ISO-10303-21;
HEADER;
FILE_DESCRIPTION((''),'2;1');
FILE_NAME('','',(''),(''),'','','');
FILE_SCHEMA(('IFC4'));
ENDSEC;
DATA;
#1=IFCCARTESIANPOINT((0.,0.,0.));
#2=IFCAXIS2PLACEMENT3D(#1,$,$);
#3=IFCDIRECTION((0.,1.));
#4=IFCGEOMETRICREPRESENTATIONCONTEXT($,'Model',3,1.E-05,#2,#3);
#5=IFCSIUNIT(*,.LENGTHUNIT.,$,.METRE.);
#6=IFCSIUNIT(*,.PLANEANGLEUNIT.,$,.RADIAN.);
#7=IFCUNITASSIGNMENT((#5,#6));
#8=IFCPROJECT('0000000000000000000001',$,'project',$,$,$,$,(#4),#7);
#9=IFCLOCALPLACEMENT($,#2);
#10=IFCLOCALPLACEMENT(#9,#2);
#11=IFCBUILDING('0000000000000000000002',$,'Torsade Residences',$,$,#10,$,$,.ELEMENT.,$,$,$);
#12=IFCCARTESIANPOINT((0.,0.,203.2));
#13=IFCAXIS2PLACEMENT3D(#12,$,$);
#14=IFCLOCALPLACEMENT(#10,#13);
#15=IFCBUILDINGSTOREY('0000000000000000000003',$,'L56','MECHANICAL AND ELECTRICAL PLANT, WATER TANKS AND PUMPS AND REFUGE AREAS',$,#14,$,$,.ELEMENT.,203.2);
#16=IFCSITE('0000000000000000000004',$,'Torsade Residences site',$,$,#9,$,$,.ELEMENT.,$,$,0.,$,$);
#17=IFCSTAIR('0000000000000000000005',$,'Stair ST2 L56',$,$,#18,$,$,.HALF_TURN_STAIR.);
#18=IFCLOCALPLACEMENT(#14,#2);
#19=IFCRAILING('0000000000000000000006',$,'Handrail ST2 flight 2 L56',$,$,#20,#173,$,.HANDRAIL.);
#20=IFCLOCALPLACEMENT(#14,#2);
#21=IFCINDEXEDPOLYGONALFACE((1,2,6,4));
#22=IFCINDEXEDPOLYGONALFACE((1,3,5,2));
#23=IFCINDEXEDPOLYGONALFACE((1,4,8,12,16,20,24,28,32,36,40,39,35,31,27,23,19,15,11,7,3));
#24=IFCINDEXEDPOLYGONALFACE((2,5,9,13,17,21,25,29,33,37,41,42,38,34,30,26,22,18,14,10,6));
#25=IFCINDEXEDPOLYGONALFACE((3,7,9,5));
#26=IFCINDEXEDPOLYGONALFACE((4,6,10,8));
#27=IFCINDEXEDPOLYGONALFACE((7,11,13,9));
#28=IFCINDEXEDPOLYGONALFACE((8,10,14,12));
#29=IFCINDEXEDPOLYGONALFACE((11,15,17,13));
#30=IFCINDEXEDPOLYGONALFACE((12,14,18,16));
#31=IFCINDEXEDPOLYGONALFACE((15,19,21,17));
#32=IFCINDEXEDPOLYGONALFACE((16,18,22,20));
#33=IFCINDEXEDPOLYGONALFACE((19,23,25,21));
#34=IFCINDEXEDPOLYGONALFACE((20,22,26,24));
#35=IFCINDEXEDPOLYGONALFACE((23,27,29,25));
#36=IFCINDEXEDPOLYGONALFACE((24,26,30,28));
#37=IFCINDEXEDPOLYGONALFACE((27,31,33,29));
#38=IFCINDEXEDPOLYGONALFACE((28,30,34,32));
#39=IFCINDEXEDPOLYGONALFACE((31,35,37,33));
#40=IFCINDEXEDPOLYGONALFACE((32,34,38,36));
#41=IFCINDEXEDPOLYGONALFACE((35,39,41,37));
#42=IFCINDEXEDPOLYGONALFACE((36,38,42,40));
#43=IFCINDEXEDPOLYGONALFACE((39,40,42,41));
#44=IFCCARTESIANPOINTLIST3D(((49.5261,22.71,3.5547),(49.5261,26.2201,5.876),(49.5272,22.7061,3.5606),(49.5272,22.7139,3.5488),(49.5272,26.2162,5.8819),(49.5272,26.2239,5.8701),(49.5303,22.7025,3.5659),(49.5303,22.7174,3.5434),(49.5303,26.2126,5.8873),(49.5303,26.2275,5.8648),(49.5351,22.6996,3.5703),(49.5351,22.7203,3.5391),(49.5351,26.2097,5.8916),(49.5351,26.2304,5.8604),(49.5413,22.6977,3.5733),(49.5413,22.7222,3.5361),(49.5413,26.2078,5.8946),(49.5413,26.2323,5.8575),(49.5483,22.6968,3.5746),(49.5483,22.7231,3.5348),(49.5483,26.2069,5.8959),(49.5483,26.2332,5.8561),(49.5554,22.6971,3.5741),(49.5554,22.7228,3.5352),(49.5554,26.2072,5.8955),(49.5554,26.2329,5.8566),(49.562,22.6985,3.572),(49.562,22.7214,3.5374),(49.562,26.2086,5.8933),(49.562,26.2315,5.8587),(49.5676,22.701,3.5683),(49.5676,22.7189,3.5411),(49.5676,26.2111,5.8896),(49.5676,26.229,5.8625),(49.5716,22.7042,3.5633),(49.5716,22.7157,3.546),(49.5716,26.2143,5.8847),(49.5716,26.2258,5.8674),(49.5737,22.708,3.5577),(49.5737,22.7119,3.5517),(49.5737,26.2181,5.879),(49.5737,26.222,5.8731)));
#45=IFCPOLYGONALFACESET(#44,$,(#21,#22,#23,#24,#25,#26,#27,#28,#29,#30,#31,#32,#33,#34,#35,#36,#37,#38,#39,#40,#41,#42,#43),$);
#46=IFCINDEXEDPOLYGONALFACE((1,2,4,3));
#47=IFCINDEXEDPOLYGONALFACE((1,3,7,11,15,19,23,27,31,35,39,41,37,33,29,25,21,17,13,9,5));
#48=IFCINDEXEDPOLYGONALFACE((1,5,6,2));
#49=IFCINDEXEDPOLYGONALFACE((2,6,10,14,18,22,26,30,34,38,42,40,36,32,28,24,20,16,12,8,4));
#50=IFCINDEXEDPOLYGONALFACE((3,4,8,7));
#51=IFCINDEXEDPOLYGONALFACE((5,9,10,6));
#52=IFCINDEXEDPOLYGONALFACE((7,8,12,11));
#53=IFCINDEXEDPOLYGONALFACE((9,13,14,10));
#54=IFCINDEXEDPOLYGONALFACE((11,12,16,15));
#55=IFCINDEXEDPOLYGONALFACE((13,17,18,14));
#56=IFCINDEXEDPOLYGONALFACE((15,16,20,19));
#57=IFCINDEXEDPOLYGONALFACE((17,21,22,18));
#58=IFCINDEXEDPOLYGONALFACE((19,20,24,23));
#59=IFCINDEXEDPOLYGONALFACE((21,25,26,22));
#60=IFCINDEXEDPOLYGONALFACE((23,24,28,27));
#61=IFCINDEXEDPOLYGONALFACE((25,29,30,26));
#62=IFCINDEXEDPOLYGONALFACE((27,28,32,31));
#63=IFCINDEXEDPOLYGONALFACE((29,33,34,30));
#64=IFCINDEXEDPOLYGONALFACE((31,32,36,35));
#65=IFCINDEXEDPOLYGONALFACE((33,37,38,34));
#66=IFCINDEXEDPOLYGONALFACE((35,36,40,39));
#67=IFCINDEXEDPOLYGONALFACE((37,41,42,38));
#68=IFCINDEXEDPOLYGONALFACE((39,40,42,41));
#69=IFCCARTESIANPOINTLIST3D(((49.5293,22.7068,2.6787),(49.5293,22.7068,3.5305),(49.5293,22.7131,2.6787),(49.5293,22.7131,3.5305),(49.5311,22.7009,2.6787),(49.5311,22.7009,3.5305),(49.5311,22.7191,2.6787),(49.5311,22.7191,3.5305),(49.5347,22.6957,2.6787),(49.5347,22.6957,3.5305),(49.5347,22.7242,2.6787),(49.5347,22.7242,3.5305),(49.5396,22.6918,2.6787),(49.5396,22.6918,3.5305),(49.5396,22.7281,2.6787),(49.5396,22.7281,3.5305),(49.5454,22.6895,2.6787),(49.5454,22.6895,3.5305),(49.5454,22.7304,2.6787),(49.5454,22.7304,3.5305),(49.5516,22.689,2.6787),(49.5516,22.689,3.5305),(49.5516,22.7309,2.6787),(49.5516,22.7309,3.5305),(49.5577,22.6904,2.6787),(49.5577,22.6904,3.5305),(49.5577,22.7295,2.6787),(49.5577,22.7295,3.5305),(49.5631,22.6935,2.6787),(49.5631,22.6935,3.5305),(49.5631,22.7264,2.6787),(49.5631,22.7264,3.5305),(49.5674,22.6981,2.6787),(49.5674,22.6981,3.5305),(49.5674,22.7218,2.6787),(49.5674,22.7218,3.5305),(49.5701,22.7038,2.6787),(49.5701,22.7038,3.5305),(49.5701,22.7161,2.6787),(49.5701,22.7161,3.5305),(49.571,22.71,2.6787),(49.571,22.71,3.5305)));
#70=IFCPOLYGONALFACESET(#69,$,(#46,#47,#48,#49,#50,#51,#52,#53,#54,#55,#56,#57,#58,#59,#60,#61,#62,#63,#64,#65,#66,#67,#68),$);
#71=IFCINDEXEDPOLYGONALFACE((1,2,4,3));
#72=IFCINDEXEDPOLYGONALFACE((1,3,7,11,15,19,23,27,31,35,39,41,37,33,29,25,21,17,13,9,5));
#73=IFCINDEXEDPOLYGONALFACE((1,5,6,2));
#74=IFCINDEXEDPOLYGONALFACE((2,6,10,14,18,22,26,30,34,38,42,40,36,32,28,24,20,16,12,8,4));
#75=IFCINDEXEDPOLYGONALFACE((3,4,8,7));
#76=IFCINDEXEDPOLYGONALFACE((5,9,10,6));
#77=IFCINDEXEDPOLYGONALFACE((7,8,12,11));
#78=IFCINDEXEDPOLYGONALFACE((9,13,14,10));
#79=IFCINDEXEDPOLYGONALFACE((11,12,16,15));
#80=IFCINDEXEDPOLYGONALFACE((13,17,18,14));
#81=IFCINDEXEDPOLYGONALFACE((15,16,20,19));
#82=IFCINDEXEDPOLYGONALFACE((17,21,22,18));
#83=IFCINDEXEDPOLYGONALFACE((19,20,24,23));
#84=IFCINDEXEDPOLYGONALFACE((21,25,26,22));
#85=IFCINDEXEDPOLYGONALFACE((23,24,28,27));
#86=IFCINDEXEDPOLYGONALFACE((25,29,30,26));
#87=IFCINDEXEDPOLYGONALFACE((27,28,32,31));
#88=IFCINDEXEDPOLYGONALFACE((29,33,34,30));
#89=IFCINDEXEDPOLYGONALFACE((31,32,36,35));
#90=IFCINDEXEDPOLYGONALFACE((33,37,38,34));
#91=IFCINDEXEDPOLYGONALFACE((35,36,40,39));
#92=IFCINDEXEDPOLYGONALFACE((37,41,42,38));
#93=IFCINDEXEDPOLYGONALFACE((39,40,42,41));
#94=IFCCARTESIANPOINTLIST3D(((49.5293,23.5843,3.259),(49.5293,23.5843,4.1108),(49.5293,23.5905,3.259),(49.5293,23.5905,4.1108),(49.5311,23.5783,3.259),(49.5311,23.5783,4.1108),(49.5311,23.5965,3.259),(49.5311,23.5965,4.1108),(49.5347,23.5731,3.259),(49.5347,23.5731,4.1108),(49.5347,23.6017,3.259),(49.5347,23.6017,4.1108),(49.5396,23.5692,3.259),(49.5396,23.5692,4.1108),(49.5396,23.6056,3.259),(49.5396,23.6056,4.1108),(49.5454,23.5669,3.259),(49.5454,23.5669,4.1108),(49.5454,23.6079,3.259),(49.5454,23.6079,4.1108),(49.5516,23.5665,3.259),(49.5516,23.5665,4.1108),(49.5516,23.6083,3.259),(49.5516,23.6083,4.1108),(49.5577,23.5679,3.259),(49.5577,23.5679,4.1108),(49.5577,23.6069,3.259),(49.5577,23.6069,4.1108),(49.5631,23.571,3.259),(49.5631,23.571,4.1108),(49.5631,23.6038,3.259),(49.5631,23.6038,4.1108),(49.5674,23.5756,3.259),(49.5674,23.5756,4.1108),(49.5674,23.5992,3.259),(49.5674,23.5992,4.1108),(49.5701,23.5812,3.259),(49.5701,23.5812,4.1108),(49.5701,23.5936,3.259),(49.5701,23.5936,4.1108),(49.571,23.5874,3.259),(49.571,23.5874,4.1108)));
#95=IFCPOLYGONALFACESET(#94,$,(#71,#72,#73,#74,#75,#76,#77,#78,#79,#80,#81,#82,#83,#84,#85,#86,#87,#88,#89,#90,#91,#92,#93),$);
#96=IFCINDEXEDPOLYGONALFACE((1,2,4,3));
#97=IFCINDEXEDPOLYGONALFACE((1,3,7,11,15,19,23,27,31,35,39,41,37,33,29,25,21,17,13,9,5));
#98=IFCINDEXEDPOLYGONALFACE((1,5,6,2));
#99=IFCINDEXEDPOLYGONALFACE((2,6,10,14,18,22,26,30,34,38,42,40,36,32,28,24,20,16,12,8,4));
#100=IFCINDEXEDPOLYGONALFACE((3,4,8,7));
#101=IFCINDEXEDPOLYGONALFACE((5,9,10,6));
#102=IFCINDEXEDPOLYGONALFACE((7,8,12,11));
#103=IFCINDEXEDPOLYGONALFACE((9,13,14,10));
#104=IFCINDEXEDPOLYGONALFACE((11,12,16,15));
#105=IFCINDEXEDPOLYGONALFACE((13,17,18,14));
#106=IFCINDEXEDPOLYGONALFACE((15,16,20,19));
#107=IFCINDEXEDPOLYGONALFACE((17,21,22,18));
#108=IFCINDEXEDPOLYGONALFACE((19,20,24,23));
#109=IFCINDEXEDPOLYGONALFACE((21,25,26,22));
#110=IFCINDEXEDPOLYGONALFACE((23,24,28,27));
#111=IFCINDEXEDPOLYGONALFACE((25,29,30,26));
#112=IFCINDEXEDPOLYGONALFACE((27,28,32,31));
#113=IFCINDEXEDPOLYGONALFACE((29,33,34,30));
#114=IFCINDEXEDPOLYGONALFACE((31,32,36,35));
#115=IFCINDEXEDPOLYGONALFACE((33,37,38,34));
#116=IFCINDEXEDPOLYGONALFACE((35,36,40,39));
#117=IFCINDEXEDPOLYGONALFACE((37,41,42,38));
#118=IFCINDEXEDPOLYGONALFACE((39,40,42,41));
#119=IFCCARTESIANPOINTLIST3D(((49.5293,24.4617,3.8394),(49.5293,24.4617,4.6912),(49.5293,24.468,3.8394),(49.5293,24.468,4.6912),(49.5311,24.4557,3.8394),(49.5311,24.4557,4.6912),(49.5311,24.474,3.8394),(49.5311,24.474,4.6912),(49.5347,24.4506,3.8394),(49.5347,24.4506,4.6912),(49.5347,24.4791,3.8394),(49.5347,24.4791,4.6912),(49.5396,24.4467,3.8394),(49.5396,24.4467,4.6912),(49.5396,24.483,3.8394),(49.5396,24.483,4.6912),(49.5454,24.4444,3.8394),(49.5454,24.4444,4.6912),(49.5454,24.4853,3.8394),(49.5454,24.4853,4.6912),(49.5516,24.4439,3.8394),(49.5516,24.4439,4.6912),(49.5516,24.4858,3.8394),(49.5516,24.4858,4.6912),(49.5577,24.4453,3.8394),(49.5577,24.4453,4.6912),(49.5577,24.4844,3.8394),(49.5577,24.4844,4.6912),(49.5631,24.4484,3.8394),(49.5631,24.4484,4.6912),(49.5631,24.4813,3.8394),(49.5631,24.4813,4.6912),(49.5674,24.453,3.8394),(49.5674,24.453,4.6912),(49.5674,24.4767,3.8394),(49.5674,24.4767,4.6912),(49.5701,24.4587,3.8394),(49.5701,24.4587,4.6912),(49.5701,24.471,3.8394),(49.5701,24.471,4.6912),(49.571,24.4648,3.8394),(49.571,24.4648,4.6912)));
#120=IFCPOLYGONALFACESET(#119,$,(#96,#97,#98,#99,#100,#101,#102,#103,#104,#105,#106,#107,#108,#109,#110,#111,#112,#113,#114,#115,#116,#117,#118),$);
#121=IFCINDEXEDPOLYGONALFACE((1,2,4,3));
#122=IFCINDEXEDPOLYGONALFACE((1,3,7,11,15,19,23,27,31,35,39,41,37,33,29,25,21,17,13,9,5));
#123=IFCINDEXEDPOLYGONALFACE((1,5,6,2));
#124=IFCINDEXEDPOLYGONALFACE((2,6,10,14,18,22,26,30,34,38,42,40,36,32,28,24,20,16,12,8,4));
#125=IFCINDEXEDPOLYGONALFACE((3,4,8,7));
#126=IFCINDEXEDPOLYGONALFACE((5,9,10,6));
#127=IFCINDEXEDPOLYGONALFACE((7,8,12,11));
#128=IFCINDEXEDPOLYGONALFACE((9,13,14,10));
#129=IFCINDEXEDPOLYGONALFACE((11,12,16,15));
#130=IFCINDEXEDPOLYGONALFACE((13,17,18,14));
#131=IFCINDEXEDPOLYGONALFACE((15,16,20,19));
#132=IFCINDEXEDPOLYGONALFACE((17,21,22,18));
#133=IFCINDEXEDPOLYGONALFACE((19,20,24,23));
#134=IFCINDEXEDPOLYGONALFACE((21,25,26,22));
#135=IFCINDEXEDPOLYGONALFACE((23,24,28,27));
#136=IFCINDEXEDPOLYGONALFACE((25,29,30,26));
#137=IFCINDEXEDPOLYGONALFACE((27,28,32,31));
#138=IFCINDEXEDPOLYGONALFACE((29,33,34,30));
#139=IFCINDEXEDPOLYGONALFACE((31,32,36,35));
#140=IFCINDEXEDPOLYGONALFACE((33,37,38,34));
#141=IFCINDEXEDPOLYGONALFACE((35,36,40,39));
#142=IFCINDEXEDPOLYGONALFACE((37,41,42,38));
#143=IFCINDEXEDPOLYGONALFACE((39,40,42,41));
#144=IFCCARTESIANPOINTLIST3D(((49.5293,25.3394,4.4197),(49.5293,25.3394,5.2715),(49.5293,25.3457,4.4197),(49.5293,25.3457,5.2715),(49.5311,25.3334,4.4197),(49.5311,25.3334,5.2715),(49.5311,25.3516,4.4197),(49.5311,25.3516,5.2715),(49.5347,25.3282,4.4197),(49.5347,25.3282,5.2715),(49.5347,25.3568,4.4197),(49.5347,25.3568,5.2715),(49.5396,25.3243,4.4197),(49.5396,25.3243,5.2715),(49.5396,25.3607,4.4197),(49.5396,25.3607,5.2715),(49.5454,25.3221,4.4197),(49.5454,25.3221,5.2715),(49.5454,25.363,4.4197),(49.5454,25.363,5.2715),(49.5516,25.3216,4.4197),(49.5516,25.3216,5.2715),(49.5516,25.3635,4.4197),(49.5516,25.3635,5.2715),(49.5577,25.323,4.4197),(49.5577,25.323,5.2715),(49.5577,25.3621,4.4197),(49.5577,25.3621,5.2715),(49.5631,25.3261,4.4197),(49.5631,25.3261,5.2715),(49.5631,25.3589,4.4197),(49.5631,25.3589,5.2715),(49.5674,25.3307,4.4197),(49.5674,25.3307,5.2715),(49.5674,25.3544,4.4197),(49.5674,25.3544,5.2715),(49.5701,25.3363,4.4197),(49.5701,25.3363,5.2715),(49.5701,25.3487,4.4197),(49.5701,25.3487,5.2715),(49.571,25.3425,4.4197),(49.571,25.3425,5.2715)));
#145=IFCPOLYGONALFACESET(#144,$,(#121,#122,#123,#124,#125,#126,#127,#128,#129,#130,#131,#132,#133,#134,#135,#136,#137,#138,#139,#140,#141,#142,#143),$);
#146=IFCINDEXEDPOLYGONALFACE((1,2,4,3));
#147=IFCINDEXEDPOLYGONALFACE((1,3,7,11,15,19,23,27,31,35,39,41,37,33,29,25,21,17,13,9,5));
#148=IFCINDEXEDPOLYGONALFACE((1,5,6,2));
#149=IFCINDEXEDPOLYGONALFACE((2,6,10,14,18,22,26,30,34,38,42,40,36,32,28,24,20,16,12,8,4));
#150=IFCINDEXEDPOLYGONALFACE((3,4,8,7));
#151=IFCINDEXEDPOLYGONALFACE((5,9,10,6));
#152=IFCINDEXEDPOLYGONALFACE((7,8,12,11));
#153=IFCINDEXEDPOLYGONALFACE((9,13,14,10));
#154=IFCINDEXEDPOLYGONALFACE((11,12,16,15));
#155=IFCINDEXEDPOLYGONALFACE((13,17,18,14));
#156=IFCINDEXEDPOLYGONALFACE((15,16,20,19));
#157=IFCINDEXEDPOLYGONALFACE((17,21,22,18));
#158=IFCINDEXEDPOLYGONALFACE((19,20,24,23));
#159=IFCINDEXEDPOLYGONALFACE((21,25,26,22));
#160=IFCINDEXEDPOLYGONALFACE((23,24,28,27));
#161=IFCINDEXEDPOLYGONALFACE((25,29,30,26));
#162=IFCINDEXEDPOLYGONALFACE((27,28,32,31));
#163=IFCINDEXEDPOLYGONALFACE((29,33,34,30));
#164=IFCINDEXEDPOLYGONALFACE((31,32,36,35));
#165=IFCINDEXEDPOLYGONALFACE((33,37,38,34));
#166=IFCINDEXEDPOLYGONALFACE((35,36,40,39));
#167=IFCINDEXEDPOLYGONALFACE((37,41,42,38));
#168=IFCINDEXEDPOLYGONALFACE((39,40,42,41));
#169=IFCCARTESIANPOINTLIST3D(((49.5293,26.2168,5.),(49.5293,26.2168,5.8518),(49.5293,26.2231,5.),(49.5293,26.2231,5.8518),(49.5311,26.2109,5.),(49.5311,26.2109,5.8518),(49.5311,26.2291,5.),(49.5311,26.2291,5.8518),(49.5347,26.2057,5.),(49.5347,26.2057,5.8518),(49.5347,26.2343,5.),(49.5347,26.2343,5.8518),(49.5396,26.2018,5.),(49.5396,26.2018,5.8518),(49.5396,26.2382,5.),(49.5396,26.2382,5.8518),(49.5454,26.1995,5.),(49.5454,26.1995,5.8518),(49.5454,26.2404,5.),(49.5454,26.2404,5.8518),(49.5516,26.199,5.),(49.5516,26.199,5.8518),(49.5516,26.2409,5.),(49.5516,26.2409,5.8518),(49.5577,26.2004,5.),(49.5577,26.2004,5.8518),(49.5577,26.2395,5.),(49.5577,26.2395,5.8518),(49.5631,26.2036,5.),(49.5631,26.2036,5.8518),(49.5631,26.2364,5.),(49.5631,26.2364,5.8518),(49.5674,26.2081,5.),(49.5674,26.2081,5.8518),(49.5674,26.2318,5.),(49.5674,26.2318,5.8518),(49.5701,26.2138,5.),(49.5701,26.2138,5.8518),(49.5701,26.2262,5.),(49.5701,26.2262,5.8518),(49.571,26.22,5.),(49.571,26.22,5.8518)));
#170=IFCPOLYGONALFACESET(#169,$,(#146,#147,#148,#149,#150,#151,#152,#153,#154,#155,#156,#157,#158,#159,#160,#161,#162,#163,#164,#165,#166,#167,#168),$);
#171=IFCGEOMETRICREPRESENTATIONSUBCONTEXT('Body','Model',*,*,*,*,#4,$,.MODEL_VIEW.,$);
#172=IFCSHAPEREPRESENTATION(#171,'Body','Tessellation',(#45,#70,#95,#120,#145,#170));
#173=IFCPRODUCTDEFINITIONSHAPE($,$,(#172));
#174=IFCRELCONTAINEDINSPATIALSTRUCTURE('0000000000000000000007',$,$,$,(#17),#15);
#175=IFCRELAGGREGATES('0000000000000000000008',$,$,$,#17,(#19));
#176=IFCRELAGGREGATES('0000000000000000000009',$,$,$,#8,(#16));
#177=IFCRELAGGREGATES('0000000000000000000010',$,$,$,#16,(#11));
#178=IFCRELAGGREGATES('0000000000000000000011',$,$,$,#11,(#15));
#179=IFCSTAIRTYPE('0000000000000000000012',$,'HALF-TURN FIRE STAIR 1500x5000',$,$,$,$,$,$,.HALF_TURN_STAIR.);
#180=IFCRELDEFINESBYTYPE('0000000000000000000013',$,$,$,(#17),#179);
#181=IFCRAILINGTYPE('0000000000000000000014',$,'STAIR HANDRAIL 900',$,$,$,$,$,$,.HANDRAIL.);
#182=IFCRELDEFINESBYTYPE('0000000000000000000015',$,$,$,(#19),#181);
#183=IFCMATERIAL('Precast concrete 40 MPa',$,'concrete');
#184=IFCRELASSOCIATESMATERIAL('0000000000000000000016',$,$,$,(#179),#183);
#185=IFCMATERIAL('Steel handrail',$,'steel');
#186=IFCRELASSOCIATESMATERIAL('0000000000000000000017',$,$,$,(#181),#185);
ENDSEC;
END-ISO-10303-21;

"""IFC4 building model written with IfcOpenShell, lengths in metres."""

from ifc_helpers import new_model, si_unit, direction, frame, origin, origin_2d, place, context, subcontext, project, spatial, circle, extrude, material, type_object, element, aggregate, save


model = new_model("IFC4")

# Units and contexts
model_context = context("Model", 3, precision=1e-05, world=origin(), true_north=direction((0.0, 1.0)))
body_context = subcontext(model_context, "Body", "Model", "MODEL_VIEW")
ifc_project = project(units=[si_unit("LENGTHUNIT", "METRE"), si_unit("PLANEANGLEUNIT", "RADIAN")], contexts=[model_context])

# Site, building, storey
site_placement = place(None, origin())
site = spatial("IfcSite", under=ifc_project, at=site_placement, Name="Torsade Residences site", CompositionType="ELEMENT", RefElevation=0.0)
building_placement = place(site_placement, origin())
building = spatial("IfcBuilding", under=site, at=building_placement, Name="Torsade Residences", CompositionType="ELEMENT")
storey_placement = place(building_placement, frame((0.0, 0.0, 203.2)))
storey = spatial("IfcBuildingStorey", under=building, at=storey_placement, Name="L56", Description="MECHANICAL AND ELECTRICAL PLANT, WATER TANKS AND PUMPS AND REFUGE AREAS", CompositionType="ELEMENT", Elevation=203.2)

# Stair, railing
ifc_material_1 = material(Name="Precast concrete 40 MPa", Category="concrete")
stair_type = type_object("IfcStairType", Name="HALF-TURN FIRE STAIR 1500x5000", PredefinedType="HALF_TURN_STAIR", material=ifc_material_1)
stair_placement = place(storey_placement, origin())
stair = element("IfcStair", 1, at=stair_placement, inside=storey, type_object=stair_type, Name="Stair ST2 L56", PredefinedType="HALF_TURN_STAIR")
ifc_material_2 = material(Name="Steel handrail", Category="steel")
railing_type = type_object("IfcRailingType", Name="STAIR HANDRAIL 900", PredefinedType="HANDRAIL", material=ifc_material_2)
railing_1_placement = place(storey_placement, frame((49.55, 22.71, 2.6787)))
railing_1 = element("IfcRailing", 2, at=railing_1_placement, type_object=railing_type, Name="Handrail ST2 flight 2 L56", PredefinedType="HANDRAIL", context=body_context, shape_type="SweptSolid", body=[
    extrude(circle(Radius=0.0239, at=origin_2d()), frame((0.0, 0.0, 0.876), z_axis=(0.0, 0.834097, 0.551617), x_axis=(-1.0, 0.0, 0.0)), (0.0, 0.0, 1.0), 4.2083),
    extrude(circle(Radius=0.021, at=origin_2d()), origin(), (0.0, 0.0, 1.0), 0.8518),
    extrude(circle(Radius=0.021, at=origin_2d()), frame((0.0, 0.8774, 0.5803)), (0.0, 0.0, 1.0), 0.8518),
    extrude(circle(Radius=0.021, at=origin_2d()), frame((0.0, 1.7549, 1.1606)), (0.0, 0.0, 1.0), 0.8518),
    extrude(circle(Radius=0.021, at=origin_2d()), frame((0.0, 2.6326, 1.741)), (0.0, 0.0, 1.0), 0.8518),
    extrude(circle(Radius=0.021, at=origin_2d()), frame((0.0, 3.51, 2.3213)), (0.0, 0.0, 1.0), 0.8518),
])
aggregate(stair, [railing_1])

save(model, "model.ifc")
